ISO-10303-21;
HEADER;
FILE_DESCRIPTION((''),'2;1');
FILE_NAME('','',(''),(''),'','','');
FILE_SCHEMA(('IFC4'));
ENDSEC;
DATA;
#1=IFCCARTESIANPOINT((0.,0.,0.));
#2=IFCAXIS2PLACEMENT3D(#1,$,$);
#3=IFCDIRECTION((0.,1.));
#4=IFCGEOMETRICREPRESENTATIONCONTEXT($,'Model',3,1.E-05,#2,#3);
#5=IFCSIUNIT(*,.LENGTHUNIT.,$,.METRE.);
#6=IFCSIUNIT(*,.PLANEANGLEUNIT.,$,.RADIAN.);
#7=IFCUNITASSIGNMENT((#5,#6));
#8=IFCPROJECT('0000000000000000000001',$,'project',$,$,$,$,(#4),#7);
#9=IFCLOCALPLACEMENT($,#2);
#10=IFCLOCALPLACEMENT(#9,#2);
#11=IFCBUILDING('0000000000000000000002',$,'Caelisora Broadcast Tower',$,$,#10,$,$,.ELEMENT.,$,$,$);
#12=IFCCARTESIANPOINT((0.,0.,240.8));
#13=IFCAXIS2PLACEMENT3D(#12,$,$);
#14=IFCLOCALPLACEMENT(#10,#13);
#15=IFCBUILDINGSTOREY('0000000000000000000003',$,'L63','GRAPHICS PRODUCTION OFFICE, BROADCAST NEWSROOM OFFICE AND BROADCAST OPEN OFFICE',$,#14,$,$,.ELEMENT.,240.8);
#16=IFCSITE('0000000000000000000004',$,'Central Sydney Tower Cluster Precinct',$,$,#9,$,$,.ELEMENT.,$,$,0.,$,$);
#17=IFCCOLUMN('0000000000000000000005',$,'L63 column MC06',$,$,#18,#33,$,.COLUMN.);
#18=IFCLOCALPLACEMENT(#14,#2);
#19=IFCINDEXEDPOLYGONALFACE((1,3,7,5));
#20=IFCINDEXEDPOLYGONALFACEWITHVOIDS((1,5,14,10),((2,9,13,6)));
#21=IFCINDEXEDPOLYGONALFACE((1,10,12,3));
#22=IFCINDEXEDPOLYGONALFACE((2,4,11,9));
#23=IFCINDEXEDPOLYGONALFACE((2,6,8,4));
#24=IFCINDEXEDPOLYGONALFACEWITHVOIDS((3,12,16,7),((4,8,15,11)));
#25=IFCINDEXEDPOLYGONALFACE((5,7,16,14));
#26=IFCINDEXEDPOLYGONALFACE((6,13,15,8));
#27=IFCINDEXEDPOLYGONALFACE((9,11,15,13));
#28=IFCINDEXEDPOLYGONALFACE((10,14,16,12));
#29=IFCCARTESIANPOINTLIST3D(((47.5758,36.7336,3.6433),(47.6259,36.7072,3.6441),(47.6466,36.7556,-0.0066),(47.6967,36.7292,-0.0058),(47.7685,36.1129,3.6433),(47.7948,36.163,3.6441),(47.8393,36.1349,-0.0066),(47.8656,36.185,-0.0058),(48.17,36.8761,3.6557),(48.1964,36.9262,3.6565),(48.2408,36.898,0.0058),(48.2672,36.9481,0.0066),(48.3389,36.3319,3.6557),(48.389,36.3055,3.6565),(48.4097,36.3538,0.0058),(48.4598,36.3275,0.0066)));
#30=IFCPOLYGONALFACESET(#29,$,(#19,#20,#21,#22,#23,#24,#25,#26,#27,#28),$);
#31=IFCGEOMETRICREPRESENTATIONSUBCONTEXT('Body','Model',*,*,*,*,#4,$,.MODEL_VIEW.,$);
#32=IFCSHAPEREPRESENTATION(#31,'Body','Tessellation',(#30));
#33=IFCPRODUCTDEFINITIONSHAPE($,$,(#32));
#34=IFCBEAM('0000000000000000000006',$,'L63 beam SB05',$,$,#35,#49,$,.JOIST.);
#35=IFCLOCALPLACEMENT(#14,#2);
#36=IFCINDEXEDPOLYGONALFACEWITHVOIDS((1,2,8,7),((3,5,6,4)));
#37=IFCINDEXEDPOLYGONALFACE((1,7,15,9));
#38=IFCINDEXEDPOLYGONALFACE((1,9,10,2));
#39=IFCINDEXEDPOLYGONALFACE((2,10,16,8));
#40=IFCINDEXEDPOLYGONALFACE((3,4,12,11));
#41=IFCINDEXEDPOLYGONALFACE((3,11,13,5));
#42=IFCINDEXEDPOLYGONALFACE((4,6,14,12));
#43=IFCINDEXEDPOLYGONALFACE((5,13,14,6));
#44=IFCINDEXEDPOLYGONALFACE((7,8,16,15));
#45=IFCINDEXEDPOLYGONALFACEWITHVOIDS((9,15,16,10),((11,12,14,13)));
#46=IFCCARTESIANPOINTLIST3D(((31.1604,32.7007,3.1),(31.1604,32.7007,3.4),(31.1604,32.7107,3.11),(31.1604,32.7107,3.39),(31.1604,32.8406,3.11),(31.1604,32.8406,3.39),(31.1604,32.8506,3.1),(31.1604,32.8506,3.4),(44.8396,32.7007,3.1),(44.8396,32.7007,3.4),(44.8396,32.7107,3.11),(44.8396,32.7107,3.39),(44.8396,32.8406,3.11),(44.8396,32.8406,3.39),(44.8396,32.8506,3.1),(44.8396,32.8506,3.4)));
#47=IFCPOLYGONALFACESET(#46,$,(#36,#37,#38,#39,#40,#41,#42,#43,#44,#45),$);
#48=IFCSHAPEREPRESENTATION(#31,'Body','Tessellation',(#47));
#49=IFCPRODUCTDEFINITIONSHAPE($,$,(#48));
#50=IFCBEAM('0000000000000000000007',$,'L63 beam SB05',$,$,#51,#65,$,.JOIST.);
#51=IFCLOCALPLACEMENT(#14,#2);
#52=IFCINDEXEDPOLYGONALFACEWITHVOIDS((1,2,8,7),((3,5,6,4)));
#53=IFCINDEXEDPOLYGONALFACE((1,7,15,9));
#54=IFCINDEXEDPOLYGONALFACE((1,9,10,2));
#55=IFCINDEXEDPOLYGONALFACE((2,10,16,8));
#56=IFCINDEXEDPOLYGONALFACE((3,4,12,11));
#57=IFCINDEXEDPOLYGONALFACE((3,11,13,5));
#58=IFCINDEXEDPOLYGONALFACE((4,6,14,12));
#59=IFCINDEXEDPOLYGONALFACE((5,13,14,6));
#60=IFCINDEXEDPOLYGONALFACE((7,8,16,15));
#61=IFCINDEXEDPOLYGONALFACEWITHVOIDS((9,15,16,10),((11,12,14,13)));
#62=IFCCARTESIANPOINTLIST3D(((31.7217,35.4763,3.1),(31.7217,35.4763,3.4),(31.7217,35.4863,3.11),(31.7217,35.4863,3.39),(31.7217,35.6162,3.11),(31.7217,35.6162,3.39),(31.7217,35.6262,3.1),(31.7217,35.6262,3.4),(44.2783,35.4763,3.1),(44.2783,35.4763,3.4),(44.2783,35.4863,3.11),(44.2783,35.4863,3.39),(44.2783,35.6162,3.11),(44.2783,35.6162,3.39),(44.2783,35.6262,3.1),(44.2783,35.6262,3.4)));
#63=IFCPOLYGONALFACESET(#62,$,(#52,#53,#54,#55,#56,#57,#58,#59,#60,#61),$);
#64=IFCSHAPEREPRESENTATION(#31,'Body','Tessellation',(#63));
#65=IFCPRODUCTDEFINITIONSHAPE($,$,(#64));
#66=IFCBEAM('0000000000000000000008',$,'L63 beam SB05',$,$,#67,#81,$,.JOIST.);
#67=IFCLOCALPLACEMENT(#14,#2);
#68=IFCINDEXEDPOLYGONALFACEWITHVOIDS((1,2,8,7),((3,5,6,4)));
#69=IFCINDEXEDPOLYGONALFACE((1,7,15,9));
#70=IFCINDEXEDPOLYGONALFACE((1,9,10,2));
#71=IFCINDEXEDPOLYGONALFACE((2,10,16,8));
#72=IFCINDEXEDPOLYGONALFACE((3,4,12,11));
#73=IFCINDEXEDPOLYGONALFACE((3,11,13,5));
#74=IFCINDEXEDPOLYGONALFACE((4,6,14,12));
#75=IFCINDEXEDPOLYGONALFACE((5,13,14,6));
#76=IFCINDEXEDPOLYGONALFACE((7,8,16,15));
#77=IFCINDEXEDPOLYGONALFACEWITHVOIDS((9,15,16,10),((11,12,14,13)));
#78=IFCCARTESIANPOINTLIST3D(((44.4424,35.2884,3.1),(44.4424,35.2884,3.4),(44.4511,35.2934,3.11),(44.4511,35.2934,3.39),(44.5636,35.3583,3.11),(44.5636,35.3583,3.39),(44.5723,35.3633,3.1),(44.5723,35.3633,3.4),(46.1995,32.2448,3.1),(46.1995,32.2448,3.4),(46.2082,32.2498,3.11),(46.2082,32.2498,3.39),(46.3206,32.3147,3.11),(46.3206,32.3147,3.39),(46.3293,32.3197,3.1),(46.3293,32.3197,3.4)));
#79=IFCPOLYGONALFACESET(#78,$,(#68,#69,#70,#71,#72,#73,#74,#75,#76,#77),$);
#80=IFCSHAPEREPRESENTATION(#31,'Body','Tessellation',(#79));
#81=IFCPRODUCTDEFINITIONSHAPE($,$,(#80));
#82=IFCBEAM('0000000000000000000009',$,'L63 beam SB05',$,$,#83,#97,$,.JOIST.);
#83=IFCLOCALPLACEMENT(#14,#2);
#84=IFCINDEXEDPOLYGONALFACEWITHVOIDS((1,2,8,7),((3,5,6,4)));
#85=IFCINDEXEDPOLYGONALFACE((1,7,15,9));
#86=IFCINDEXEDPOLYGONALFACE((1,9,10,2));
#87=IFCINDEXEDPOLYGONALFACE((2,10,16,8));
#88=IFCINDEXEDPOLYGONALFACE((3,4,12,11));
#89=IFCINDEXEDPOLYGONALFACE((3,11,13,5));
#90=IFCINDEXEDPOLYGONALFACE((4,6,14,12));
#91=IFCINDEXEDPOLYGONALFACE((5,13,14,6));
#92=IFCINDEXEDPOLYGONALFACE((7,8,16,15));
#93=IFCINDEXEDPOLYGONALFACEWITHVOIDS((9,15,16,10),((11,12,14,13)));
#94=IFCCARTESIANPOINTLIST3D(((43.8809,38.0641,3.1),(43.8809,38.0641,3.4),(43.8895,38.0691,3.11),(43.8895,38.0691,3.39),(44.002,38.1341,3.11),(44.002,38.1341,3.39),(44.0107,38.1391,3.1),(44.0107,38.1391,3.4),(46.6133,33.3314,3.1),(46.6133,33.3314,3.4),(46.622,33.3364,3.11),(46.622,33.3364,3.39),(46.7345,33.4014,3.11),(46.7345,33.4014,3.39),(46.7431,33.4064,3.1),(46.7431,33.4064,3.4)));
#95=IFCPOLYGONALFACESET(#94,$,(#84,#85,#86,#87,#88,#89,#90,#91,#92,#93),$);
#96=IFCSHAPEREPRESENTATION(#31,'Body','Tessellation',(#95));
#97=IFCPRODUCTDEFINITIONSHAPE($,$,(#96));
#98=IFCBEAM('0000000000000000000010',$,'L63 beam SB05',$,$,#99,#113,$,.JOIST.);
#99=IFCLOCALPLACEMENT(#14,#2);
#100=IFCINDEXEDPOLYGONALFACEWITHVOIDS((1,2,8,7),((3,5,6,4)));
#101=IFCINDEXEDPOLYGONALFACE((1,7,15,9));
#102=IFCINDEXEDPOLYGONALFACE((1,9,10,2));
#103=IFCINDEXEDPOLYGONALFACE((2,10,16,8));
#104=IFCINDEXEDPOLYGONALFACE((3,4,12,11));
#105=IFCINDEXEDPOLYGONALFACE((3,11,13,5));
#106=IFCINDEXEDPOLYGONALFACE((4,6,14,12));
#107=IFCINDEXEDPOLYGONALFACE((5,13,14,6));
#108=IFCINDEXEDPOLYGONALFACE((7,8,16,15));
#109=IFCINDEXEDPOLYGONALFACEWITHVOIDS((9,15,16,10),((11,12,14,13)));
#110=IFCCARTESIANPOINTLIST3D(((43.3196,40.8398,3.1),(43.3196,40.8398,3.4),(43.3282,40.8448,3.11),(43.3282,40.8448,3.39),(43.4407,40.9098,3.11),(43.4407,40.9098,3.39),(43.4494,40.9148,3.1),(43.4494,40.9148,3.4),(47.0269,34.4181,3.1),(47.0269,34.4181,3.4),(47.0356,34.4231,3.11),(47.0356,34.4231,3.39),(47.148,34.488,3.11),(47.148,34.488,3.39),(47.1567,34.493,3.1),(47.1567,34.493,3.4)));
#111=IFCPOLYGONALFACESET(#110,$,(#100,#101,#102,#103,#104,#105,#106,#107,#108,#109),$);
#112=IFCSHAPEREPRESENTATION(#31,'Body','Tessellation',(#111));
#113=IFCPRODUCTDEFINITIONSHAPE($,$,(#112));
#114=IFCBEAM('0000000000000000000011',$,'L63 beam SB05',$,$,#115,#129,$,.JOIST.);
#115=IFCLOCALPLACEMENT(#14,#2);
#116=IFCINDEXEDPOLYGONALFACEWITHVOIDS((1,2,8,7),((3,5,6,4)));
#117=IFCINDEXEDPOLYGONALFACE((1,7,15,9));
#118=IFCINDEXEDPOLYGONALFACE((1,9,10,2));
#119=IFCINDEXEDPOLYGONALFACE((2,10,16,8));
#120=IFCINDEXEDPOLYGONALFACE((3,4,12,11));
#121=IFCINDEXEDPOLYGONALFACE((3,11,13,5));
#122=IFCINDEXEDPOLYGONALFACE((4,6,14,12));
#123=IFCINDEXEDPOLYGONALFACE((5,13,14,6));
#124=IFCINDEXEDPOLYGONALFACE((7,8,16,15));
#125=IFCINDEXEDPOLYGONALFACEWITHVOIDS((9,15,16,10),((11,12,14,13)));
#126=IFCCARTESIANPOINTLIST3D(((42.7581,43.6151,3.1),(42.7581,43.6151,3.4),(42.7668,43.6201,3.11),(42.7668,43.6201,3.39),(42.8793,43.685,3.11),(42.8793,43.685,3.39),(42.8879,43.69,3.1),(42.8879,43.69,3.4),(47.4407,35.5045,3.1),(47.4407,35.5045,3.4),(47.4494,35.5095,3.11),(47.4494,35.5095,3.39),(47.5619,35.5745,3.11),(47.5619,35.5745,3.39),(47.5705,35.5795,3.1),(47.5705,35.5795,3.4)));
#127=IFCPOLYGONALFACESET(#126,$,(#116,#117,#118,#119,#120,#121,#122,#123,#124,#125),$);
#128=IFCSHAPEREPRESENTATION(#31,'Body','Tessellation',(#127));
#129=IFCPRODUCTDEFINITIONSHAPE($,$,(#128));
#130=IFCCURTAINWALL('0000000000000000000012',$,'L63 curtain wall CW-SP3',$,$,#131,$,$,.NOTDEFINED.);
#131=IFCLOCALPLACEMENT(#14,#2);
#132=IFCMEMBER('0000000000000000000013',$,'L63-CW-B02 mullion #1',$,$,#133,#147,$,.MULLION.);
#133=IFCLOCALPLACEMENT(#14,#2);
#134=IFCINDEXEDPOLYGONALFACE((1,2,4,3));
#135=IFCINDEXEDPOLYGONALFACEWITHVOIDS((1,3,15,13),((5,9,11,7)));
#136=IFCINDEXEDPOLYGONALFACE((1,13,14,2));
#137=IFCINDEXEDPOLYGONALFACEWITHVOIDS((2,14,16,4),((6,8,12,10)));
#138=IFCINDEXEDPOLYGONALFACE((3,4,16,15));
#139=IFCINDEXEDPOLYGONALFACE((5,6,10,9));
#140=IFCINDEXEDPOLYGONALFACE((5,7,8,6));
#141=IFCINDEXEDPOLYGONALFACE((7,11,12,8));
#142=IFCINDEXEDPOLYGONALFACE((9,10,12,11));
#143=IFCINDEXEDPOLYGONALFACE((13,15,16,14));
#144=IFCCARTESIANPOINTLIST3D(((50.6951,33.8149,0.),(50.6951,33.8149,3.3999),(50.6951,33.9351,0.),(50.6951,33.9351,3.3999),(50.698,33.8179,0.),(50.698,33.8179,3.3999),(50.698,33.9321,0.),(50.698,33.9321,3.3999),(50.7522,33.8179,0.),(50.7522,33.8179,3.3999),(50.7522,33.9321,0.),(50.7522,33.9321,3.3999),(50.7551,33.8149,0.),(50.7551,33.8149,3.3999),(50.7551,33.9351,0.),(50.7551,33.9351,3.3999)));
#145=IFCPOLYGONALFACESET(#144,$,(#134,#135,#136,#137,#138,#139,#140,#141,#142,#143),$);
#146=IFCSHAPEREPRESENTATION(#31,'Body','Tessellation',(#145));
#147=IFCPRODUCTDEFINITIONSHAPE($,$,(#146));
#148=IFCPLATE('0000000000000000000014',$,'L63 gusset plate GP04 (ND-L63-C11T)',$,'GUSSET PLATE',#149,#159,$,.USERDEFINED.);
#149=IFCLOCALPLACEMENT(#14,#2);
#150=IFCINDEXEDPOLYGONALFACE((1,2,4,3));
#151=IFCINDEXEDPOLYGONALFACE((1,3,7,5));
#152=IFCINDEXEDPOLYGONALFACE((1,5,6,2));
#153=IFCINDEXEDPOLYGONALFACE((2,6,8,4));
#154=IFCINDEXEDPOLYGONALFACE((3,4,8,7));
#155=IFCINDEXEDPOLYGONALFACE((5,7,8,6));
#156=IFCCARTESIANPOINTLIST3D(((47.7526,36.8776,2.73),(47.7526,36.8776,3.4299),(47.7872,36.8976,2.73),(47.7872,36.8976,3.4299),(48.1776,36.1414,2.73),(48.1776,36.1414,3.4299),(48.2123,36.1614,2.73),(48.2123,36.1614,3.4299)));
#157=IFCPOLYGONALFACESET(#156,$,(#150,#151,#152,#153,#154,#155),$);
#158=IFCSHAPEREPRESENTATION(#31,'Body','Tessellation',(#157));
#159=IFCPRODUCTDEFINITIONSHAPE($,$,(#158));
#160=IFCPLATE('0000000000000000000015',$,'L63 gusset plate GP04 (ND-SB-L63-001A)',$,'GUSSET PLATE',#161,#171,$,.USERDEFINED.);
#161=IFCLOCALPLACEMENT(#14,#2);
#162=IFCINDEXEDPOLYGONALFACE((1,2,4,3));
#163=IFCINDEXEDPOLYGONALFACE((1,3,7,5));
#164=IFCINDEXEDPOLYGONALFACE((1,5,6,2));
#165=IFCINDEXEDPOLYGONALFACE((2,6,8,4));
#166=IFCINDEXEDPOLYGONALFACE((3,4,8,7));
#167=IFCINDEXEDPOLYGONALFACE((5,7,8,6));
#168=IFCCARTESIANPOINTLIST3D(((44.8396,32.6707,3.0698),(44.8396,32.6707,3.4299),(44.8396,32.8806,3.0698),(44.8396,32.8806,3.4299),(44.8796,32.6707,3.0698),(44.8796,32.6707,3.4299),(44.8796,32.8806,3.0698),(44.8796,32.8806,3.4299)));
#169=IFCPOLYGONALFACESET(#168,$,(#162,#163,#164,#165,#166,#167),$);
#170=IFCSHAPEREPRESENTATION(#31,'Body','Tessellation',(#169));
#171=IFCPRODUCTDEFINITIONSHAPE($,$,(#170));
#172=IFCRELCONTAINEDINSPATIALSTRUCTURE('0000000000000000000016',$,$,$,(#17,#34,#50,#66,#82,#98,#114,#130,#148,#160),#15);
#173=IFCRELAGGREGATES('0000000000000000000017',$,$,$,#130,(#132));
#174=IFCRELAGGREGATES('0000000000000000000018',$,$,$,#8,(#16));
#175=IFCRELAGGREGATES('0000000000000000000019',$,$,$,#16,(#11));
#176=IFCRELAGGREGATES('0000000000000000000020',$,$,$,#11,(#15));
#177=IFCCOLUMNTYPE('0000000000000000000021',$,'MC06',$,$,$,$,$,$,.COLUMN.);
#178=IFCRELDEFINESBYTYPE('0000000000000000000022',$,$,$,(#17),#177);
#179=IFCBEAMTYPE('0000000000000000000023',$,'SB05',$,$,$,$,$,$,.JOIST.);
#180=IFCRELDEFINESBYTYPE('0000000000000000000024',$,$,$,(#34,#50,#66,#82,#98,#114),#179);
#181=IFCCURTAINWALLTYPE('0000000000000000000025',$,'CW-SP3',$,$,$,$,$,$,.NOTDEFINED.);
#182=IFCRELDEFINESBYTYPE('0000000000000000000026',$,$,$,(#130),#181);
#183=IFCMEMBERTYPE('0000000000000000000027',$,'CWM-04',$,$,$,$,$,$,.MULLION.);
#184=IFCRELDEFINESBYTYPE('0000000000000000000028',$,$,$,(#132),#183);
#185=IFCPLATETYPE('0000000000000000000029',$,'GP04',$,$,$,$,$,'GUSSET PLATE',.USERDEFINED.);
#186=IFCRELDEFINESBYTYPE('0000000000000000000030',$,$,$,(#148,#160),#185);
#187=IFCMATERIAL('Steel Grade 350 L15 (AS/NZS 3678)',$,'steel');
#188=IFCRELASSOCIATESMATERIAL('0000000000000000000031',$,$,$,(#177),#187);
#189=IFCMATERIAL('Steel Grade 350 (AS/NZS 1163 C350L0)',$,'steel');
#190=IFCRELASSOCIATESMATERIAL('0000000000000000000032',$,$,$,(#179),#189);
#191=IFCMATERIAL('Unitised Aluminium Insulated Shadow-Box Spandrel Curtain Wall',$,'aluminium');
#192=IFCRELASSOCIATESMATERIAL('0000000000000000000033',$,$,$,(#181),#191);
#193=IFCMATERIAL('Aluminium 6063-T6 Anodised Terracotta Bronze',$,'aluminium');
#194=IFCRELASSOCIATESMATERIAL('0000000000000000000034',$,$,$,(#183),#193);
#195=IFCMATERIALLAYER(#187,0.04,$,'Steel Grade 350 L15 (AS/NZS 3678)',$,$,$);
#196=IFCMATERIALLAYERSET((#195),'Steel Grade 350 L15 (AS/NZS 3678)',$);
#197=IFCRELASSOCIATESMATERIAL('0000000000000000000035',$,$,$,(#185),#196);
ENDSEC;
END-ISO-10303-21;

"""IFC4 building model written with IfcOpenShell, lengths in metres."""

from ifc_helpers import new_model, si_unit, direction, frame, origin, origin_2d, place, context, subcontext, project, spatial, rectangle, hollow_rectangle, extrude, source, transform, mapped, material, layer, layer_set, material_profile, profile_set, type_object, type_shapes, element, aggregate, save


model = new_model("IFC4")

# Units and contexts
model_context = context("Model", 3, precision=1e-05, world=origin(), true_north=direction((0.0, 1.0)))
body_context = subcontext(model_context, "Body", "Model", "MODEL_VIEW")
ifc_project = project(units=[si_unit("LENGTHUNIT", "METRE"), si_unit("PLANEANGLEUNIT", "RADIAN")], contexts=[model_context])

# Site, building, storey
site_placement = place(None, origin())
site = spatial("IfcSite", under=ifc_project, at=site_placement, Name="Central Sydney Tower Cluster Precinct", CompositionType="ELEMENT", RefElevation=0.0)
building_placement = place(site_placement, origin())
building = spatial("IfcBuilding", under=site, at=building_placement, Name="Caelisora Broadcast Tower", CompositionType="ELEMENT")
storey_placement = place(building_placement, frame((0.0, 0.0, 240.8)))
storey = spatial("IfcBuildingStorey", under=building, at=storey_placement, Name="L63", Description="GRAPHICS PRODUCTION OFFICE, BROADCAST NEWSROOM OFFICE AND BROADCAST OPEN OFFICE", CompositionType="ELEMENT", Elevation=240.8)

# Column
ifc_material_1 = material(Name="Steel Grade 350 L15 (AS/NZS 3678)", Category="steel")
ifc_material_profile_1 = material_profile(ifc_material_1, hollow_rectangle(XDim=0.6499, YDim=0.6499, WallThickness=0.04, at=origin_2d()), Name="Steel Grade 350 L15 (AS/NZS 3678)")
ifc_profile_set_1 = profile_set([ifc_material_profile_1], Name="Steel Grade 350 L15 (AS/NZS 3678)")
column_type = type_object("IfcColumnType", Name="MC06", PredefinedType="COLUMN", material=ifc_profile_set_1)
shared_shape_1 = source(origin(), body_context, "Body", "SweptSolid", [
    extrude(hollow_rectangle(XDim=0.6499, YDim=0.6499, WallThickness=0.04, at=origin_2d()), origin(), (0.0, 0.0, 1.0), 3.6506),
])
type_shapes(column_type, [shared_shape_1])
column_placement = place(storey_placement, frame((48.0532, 36.5415, 0.0), z_axis=(-0.019394, -0.006019, 0.999794), x_axis=(0.296399, -0.955064, 0.0)))
element("IfcColumn", 1, at=column_placement, inside=storey, type_object=column_type, Name="L63 column MC06", PredefinedType="COLUMN", context=body_context, shape_type="MappedRepresentation", body=[
    mapped(shared_shape_1, transform((0.0, 0.0, 0.0), scale=1.0)),
])

# Beams
ifc_material_2 = material(Name="Steel Grade 350 (AS/NZS 1163 C350L0)", Category="steel")
ifc_material_profile_2 = material_profile(ifc_material_2, hollow_rectangle(XDim=0.1499, YDim=0.3, WallThickness=0.01, at=origin_2d()), Name="Steel Grade 350 (AS/NZS 1163 C350L0)")
ifc_profile_set_2 = profile_set([ifc_material_profile_2], Name="Steel Grade 350 (AS/NZS 1163 C350L0)")
beam_type = type_object("IfcBeamType", Name="SB05", PredefinedType="JOIST", material=ifc_profile_set_2)
shared_shape_2 = source(origin(), body_context, "Body", "SweptSolid", [
    extrude(hollow_rectangle(XDim=0.1499, YDim=0.3, WallThickness=0.01, at=origin_2d()), origin(), (0.0, 0.0, 1.0), 13.6792),
])
beam_1_placement = place(storey_placement, frame((44.8396, 32.7756, 3.25), z_axis=(-1.0, 0.0, 0.0), x_axis=(0.0, -1.0, 0.0)))
element("IfcBeam", 2, at=beam_1_placement, inside=storey, type_object=beam_type, Name="L63 beam SB05", PredefinedType="JOIST", context=body_context, shape_type="MappedRepresentation", body=[
    mapped(shared_shape_2, transform((0.0, 0.0, 0.0), scale=1.0)),
])
shared_shape_3 = source(origin(), body_context, "Body", "SweptSolid", [
    extrude(hollow_rectangle(XDim=0.1499, YDim=0.3, WallThickness=0.01, at=origin_2d()), origin(), (0.0, 0.0, 1.0), 12.5566),
])
beam_2_placement = place(storey_placement, frame((44.2783, 35.5513, 3.25), z_axis=(-1.0, 0.0, 0.0), x_axis=(0.0, -1.0, 0.0)))
element("IfcBeam", 3, at=beam_2_placement, inside=storey, type_object=beam_type, Name="L63 beam SB05", PredefinedType="JOIST", context=body_context, shape_type="MappedRepresentation", body=[
    mapped(shared_shape_3, transform((0.0, 0.0, 0.0), scale=1.0)),
])
shared_shape_4 = source(origin(), body_context, "Body", "SweptSolid", [
    extrude(hollow_rectangle(XDim=0.1499, YDim=0.3, WallThickness=0.01, at=origin_2d()), origin(), (0.0, 0.0, 1.0), 3.5144),
])
beam_3_placement = place(storey_placement, frame((46.2644, 32.2822, 3.25), z_axis=(-0.499957, 0.86605, 0.0), x_axis=(-0.86605, -0.499957, 0.0)))
element("IfcBeam", 4, at=beam_3_placement, inside=storey, type_object=beam_type, Name="L63 beam SB05", PredefinedType="JOIST", context=body_context, shape_type="MappedRepresentation", body=[
    mapped(shared_shape_4, transform((0.0, 0.0, 0.0), scale=1.0)),
])
shared_shape_5 = source(origin(), body_context, "Body", "SweptSolid", [
    extrude(hollow_rectangle(XDim=0.1499, YDim=0.3, WallThickness=0.01, at=origin_2d()), origin(), (0.0, 0.0, 1.0), 5.4648),
])
beam_4_placement = place(storey_placement, frame((46.6782, 33.3689, 3.25), z_axis=(-0.500002, 0.866024, 0.0), x_axis=(-0.866024, -0.500002, 0.0)))
element("IfcBeam", 5, at=beam_4_placement, inside=storey, type_object=beam_type, Name="L63 beam SB05", PredefinedType="JOIST", context=body_context, shape_type="MappedRepresentation", body=[
    mapped(shared_shape_5, transform((0.0, 0.0, 0.0), scale=1.0)),
])
shared_shape_6 = source(origin(), body_context, "Body", "SweptSolid", [
    extrude(hollow_rectangle(XDim=0.1499, YDim=0.3, WallThickness=0.01, at=origin_2d()), origin(), (0.0, 0.0, 1.0), 7.415),
])
beam_5_placement = place(storey_placement, frame((47.0918, 34.4556, 3.25), z_axis=(-0.499974, 0.86604, 0.0), x_axis=(-0.86604, -0.499974, 0.0)))
element("IfcBeam", 6, at=beam_5_placement, inside=storey, type_object=beam_type, Name="L63 beam SB05", PredefinedType="JOIST", context=body_context, shape_type="MappedRepresentation", body=[
    mapped(shared_shape_6, transform((0.0, 0.0, 0.0), scale=1.0)),
])
shared_shape_7 = source(origin(), body_context, "Body", "SweptSolid", [
    extrude(hollow_rectangle(XDim=0.1499, YDim=0.3, WallThickness=0.01, at=origin_2d()), origin(), (0.0, 0.0, 1.0), 9.3652),
])
type_shapes(beam_type, [shared_shape_2, shared_shape_3, shared_shape_4, shared_shape_5, shared_shape_6, shared_shape_7])
beam_6_placement = place(storey_placement, frame((47.5056, 35.542, 3.25), z_axis=(-0.499997, 0.866027, 0.0), x_axis=(-0.866027, -0.499997, 0.0)))
element("IfcBeam", 7, at=beam_6_placement, inside=storey, type_object=beam_type, Name="L63 beam SB05", PredefinedType="JOIST", context=body_context, shape_type="MappedRepresentation", body=[
    mapped(shared_shape_7, transform((0.0, 0.0, 0.0), scale=1.0)),
])

# Curtain wall, member
ifc_material_3 = material(Name="Unitised Aluminium Insulated Shadow-Box Spandrel Curtain Wall", Category="aluminium")
curtain_wall_type = type_object("IfcCurtainWallType", Name="CW-SP3", PredefinedType="NOTDEFINED", material=ifc_material_3)
curtain_wall_placement = place(storey_placement, origin())
curtain_wall = element("IfcCurtainWall", 8, at=curtain_wall_placement, inside=storey, type_object=curtain_wall_type, Name="L63 curtain wall CW-SP3", PredefinedType="NOTDEFINED")
ifc_material_4 = material(Name="Aluminium 6063-T6 Anodised Terracotta Bronze", Category="aluminium")
ifc_material_profile_3 = material_profile(ifc_material_4, hollow_rectangle(XDim=0.0601, YDim=0.1201, WallThickness=0.0029, at=origin_2d()), Name="Aluminium 6063-T6 Anodised Terracotta Bronze")
ifc_profile_set_3 = profile_set([ifc_material_profile_3], Name="Aluminium 6063-T6 Anodised Terracotta Bronze")
member_type = type_object("IfcMemberType", Name="CWM-04", PredefinedType="MULLION", material=ifc_profile_set_3)
shared_shape_8 = source(origin(), body_context, "Body", "SweptSolid", [
    extrude(hollow_rectangle(XDim=0.0601, YDim=0.1201, WallThickness=0.0029, at=origin_2d()), origin(), (0.0, 0.0, 1.0), 3.3999),
])
type_shapes(member_type, [shared_shape_8])
member_placement = place(storey_placement, frame((50.7251, 33.875, 0.0), z_axis=(0.0, 0.0, 1.0), x_axis=(1.0, 0.0, 0.0)))
member = element("IfcMember", 9, at=member_placement, type_object=member_type, Name="L63-CW-B02 mullion #1", PredefinedType="MULLION", context=body_context, shape_type="MappedRepresentation", body=[
    mapped(shared_shape_8, transform((0.0, 0.0, 0.0), scale=1.0)),
])

# Plates
ifc_layer_1 = layer(ifc_material_1, 0.04, Name="Steel Grade 350 L15 (AS/NZS 3678)")
ifc_layer_set_1 = layer_set([ifc_layer_1], Name="Steel Grade 350 L15 (AS/NZS 3678)")
plate_type_1 = type_object("IfcPlateType", Name="GP04", ElementType="GUSSET PLATE", PredefinedType="USERDEFINED", material=ifc_layer_set_1)
shared_shape_9 = source(origin(), body_context, "Body", "SweptSolid", [
    extrude(rectangle(XDim=0.8501, YDim=0.04, at=origin_2d()), origin(), (0.0, 0.0, 1.0), 0.7),
])
plate_1_placement = place(storey_placement, frame((47.9824, 36.5195, 2.73), z_axis=(0.0, 0.0, 1.0), x_axis=(-0.5, 0.866025, 0.0)))
element("IfcPlate", 10, at=plate_1_placement, inside=storey, type_object=plate_type_1, Name="L63 gusset plate GP04 (ND-L63-C11T)", ObjectType="GUSSET PLATE", PredefinedType="USERDEFINED", context=body_context, shape_type="MappedRepresentation", body=[
    mapped(shared_shape_9, transform((0.0, 0.0, 0.0), scale=1.0)),
])
shared_shape_10 = source(origin(), body_context, "Body", "SweptSolid", [
    extrude(rectangle(XDim=0.21, YDim=0.04, at=origin_2d()), origin(), (0.0, 0.0, 1.0), 0.3601),
])
type_shapes(plate_type_1, [shared_shape_9, shared_shape_10])
for number, where, z_axis, x_axis, name in (
    (11, (44.8596, 32.7756, 3.0698), (0.0, 0.0, 1.0), (0.0, -1.0, 0.0), "L63 gusset plate GP04 (ND-SB-L63-001A)"),
):
    element("IfcPlate", number, at=place(storey_placement, frame(where, z_axis=z_axis, x_axis=x_axis)), inside=storey, type_object=plate_type_1, Name=name, ObjectType="GUSSET PLATE", PredefinedType="USERDEFINED", context=body_context, shape_type="MappedRepresentation", body=[
        mapped(shared_shape_10, transform((0.0, 0.0, 0.0), scale=1.0)),
    ])

aggregate(curtain_wall, [member])

save(model, "model.ifc")
